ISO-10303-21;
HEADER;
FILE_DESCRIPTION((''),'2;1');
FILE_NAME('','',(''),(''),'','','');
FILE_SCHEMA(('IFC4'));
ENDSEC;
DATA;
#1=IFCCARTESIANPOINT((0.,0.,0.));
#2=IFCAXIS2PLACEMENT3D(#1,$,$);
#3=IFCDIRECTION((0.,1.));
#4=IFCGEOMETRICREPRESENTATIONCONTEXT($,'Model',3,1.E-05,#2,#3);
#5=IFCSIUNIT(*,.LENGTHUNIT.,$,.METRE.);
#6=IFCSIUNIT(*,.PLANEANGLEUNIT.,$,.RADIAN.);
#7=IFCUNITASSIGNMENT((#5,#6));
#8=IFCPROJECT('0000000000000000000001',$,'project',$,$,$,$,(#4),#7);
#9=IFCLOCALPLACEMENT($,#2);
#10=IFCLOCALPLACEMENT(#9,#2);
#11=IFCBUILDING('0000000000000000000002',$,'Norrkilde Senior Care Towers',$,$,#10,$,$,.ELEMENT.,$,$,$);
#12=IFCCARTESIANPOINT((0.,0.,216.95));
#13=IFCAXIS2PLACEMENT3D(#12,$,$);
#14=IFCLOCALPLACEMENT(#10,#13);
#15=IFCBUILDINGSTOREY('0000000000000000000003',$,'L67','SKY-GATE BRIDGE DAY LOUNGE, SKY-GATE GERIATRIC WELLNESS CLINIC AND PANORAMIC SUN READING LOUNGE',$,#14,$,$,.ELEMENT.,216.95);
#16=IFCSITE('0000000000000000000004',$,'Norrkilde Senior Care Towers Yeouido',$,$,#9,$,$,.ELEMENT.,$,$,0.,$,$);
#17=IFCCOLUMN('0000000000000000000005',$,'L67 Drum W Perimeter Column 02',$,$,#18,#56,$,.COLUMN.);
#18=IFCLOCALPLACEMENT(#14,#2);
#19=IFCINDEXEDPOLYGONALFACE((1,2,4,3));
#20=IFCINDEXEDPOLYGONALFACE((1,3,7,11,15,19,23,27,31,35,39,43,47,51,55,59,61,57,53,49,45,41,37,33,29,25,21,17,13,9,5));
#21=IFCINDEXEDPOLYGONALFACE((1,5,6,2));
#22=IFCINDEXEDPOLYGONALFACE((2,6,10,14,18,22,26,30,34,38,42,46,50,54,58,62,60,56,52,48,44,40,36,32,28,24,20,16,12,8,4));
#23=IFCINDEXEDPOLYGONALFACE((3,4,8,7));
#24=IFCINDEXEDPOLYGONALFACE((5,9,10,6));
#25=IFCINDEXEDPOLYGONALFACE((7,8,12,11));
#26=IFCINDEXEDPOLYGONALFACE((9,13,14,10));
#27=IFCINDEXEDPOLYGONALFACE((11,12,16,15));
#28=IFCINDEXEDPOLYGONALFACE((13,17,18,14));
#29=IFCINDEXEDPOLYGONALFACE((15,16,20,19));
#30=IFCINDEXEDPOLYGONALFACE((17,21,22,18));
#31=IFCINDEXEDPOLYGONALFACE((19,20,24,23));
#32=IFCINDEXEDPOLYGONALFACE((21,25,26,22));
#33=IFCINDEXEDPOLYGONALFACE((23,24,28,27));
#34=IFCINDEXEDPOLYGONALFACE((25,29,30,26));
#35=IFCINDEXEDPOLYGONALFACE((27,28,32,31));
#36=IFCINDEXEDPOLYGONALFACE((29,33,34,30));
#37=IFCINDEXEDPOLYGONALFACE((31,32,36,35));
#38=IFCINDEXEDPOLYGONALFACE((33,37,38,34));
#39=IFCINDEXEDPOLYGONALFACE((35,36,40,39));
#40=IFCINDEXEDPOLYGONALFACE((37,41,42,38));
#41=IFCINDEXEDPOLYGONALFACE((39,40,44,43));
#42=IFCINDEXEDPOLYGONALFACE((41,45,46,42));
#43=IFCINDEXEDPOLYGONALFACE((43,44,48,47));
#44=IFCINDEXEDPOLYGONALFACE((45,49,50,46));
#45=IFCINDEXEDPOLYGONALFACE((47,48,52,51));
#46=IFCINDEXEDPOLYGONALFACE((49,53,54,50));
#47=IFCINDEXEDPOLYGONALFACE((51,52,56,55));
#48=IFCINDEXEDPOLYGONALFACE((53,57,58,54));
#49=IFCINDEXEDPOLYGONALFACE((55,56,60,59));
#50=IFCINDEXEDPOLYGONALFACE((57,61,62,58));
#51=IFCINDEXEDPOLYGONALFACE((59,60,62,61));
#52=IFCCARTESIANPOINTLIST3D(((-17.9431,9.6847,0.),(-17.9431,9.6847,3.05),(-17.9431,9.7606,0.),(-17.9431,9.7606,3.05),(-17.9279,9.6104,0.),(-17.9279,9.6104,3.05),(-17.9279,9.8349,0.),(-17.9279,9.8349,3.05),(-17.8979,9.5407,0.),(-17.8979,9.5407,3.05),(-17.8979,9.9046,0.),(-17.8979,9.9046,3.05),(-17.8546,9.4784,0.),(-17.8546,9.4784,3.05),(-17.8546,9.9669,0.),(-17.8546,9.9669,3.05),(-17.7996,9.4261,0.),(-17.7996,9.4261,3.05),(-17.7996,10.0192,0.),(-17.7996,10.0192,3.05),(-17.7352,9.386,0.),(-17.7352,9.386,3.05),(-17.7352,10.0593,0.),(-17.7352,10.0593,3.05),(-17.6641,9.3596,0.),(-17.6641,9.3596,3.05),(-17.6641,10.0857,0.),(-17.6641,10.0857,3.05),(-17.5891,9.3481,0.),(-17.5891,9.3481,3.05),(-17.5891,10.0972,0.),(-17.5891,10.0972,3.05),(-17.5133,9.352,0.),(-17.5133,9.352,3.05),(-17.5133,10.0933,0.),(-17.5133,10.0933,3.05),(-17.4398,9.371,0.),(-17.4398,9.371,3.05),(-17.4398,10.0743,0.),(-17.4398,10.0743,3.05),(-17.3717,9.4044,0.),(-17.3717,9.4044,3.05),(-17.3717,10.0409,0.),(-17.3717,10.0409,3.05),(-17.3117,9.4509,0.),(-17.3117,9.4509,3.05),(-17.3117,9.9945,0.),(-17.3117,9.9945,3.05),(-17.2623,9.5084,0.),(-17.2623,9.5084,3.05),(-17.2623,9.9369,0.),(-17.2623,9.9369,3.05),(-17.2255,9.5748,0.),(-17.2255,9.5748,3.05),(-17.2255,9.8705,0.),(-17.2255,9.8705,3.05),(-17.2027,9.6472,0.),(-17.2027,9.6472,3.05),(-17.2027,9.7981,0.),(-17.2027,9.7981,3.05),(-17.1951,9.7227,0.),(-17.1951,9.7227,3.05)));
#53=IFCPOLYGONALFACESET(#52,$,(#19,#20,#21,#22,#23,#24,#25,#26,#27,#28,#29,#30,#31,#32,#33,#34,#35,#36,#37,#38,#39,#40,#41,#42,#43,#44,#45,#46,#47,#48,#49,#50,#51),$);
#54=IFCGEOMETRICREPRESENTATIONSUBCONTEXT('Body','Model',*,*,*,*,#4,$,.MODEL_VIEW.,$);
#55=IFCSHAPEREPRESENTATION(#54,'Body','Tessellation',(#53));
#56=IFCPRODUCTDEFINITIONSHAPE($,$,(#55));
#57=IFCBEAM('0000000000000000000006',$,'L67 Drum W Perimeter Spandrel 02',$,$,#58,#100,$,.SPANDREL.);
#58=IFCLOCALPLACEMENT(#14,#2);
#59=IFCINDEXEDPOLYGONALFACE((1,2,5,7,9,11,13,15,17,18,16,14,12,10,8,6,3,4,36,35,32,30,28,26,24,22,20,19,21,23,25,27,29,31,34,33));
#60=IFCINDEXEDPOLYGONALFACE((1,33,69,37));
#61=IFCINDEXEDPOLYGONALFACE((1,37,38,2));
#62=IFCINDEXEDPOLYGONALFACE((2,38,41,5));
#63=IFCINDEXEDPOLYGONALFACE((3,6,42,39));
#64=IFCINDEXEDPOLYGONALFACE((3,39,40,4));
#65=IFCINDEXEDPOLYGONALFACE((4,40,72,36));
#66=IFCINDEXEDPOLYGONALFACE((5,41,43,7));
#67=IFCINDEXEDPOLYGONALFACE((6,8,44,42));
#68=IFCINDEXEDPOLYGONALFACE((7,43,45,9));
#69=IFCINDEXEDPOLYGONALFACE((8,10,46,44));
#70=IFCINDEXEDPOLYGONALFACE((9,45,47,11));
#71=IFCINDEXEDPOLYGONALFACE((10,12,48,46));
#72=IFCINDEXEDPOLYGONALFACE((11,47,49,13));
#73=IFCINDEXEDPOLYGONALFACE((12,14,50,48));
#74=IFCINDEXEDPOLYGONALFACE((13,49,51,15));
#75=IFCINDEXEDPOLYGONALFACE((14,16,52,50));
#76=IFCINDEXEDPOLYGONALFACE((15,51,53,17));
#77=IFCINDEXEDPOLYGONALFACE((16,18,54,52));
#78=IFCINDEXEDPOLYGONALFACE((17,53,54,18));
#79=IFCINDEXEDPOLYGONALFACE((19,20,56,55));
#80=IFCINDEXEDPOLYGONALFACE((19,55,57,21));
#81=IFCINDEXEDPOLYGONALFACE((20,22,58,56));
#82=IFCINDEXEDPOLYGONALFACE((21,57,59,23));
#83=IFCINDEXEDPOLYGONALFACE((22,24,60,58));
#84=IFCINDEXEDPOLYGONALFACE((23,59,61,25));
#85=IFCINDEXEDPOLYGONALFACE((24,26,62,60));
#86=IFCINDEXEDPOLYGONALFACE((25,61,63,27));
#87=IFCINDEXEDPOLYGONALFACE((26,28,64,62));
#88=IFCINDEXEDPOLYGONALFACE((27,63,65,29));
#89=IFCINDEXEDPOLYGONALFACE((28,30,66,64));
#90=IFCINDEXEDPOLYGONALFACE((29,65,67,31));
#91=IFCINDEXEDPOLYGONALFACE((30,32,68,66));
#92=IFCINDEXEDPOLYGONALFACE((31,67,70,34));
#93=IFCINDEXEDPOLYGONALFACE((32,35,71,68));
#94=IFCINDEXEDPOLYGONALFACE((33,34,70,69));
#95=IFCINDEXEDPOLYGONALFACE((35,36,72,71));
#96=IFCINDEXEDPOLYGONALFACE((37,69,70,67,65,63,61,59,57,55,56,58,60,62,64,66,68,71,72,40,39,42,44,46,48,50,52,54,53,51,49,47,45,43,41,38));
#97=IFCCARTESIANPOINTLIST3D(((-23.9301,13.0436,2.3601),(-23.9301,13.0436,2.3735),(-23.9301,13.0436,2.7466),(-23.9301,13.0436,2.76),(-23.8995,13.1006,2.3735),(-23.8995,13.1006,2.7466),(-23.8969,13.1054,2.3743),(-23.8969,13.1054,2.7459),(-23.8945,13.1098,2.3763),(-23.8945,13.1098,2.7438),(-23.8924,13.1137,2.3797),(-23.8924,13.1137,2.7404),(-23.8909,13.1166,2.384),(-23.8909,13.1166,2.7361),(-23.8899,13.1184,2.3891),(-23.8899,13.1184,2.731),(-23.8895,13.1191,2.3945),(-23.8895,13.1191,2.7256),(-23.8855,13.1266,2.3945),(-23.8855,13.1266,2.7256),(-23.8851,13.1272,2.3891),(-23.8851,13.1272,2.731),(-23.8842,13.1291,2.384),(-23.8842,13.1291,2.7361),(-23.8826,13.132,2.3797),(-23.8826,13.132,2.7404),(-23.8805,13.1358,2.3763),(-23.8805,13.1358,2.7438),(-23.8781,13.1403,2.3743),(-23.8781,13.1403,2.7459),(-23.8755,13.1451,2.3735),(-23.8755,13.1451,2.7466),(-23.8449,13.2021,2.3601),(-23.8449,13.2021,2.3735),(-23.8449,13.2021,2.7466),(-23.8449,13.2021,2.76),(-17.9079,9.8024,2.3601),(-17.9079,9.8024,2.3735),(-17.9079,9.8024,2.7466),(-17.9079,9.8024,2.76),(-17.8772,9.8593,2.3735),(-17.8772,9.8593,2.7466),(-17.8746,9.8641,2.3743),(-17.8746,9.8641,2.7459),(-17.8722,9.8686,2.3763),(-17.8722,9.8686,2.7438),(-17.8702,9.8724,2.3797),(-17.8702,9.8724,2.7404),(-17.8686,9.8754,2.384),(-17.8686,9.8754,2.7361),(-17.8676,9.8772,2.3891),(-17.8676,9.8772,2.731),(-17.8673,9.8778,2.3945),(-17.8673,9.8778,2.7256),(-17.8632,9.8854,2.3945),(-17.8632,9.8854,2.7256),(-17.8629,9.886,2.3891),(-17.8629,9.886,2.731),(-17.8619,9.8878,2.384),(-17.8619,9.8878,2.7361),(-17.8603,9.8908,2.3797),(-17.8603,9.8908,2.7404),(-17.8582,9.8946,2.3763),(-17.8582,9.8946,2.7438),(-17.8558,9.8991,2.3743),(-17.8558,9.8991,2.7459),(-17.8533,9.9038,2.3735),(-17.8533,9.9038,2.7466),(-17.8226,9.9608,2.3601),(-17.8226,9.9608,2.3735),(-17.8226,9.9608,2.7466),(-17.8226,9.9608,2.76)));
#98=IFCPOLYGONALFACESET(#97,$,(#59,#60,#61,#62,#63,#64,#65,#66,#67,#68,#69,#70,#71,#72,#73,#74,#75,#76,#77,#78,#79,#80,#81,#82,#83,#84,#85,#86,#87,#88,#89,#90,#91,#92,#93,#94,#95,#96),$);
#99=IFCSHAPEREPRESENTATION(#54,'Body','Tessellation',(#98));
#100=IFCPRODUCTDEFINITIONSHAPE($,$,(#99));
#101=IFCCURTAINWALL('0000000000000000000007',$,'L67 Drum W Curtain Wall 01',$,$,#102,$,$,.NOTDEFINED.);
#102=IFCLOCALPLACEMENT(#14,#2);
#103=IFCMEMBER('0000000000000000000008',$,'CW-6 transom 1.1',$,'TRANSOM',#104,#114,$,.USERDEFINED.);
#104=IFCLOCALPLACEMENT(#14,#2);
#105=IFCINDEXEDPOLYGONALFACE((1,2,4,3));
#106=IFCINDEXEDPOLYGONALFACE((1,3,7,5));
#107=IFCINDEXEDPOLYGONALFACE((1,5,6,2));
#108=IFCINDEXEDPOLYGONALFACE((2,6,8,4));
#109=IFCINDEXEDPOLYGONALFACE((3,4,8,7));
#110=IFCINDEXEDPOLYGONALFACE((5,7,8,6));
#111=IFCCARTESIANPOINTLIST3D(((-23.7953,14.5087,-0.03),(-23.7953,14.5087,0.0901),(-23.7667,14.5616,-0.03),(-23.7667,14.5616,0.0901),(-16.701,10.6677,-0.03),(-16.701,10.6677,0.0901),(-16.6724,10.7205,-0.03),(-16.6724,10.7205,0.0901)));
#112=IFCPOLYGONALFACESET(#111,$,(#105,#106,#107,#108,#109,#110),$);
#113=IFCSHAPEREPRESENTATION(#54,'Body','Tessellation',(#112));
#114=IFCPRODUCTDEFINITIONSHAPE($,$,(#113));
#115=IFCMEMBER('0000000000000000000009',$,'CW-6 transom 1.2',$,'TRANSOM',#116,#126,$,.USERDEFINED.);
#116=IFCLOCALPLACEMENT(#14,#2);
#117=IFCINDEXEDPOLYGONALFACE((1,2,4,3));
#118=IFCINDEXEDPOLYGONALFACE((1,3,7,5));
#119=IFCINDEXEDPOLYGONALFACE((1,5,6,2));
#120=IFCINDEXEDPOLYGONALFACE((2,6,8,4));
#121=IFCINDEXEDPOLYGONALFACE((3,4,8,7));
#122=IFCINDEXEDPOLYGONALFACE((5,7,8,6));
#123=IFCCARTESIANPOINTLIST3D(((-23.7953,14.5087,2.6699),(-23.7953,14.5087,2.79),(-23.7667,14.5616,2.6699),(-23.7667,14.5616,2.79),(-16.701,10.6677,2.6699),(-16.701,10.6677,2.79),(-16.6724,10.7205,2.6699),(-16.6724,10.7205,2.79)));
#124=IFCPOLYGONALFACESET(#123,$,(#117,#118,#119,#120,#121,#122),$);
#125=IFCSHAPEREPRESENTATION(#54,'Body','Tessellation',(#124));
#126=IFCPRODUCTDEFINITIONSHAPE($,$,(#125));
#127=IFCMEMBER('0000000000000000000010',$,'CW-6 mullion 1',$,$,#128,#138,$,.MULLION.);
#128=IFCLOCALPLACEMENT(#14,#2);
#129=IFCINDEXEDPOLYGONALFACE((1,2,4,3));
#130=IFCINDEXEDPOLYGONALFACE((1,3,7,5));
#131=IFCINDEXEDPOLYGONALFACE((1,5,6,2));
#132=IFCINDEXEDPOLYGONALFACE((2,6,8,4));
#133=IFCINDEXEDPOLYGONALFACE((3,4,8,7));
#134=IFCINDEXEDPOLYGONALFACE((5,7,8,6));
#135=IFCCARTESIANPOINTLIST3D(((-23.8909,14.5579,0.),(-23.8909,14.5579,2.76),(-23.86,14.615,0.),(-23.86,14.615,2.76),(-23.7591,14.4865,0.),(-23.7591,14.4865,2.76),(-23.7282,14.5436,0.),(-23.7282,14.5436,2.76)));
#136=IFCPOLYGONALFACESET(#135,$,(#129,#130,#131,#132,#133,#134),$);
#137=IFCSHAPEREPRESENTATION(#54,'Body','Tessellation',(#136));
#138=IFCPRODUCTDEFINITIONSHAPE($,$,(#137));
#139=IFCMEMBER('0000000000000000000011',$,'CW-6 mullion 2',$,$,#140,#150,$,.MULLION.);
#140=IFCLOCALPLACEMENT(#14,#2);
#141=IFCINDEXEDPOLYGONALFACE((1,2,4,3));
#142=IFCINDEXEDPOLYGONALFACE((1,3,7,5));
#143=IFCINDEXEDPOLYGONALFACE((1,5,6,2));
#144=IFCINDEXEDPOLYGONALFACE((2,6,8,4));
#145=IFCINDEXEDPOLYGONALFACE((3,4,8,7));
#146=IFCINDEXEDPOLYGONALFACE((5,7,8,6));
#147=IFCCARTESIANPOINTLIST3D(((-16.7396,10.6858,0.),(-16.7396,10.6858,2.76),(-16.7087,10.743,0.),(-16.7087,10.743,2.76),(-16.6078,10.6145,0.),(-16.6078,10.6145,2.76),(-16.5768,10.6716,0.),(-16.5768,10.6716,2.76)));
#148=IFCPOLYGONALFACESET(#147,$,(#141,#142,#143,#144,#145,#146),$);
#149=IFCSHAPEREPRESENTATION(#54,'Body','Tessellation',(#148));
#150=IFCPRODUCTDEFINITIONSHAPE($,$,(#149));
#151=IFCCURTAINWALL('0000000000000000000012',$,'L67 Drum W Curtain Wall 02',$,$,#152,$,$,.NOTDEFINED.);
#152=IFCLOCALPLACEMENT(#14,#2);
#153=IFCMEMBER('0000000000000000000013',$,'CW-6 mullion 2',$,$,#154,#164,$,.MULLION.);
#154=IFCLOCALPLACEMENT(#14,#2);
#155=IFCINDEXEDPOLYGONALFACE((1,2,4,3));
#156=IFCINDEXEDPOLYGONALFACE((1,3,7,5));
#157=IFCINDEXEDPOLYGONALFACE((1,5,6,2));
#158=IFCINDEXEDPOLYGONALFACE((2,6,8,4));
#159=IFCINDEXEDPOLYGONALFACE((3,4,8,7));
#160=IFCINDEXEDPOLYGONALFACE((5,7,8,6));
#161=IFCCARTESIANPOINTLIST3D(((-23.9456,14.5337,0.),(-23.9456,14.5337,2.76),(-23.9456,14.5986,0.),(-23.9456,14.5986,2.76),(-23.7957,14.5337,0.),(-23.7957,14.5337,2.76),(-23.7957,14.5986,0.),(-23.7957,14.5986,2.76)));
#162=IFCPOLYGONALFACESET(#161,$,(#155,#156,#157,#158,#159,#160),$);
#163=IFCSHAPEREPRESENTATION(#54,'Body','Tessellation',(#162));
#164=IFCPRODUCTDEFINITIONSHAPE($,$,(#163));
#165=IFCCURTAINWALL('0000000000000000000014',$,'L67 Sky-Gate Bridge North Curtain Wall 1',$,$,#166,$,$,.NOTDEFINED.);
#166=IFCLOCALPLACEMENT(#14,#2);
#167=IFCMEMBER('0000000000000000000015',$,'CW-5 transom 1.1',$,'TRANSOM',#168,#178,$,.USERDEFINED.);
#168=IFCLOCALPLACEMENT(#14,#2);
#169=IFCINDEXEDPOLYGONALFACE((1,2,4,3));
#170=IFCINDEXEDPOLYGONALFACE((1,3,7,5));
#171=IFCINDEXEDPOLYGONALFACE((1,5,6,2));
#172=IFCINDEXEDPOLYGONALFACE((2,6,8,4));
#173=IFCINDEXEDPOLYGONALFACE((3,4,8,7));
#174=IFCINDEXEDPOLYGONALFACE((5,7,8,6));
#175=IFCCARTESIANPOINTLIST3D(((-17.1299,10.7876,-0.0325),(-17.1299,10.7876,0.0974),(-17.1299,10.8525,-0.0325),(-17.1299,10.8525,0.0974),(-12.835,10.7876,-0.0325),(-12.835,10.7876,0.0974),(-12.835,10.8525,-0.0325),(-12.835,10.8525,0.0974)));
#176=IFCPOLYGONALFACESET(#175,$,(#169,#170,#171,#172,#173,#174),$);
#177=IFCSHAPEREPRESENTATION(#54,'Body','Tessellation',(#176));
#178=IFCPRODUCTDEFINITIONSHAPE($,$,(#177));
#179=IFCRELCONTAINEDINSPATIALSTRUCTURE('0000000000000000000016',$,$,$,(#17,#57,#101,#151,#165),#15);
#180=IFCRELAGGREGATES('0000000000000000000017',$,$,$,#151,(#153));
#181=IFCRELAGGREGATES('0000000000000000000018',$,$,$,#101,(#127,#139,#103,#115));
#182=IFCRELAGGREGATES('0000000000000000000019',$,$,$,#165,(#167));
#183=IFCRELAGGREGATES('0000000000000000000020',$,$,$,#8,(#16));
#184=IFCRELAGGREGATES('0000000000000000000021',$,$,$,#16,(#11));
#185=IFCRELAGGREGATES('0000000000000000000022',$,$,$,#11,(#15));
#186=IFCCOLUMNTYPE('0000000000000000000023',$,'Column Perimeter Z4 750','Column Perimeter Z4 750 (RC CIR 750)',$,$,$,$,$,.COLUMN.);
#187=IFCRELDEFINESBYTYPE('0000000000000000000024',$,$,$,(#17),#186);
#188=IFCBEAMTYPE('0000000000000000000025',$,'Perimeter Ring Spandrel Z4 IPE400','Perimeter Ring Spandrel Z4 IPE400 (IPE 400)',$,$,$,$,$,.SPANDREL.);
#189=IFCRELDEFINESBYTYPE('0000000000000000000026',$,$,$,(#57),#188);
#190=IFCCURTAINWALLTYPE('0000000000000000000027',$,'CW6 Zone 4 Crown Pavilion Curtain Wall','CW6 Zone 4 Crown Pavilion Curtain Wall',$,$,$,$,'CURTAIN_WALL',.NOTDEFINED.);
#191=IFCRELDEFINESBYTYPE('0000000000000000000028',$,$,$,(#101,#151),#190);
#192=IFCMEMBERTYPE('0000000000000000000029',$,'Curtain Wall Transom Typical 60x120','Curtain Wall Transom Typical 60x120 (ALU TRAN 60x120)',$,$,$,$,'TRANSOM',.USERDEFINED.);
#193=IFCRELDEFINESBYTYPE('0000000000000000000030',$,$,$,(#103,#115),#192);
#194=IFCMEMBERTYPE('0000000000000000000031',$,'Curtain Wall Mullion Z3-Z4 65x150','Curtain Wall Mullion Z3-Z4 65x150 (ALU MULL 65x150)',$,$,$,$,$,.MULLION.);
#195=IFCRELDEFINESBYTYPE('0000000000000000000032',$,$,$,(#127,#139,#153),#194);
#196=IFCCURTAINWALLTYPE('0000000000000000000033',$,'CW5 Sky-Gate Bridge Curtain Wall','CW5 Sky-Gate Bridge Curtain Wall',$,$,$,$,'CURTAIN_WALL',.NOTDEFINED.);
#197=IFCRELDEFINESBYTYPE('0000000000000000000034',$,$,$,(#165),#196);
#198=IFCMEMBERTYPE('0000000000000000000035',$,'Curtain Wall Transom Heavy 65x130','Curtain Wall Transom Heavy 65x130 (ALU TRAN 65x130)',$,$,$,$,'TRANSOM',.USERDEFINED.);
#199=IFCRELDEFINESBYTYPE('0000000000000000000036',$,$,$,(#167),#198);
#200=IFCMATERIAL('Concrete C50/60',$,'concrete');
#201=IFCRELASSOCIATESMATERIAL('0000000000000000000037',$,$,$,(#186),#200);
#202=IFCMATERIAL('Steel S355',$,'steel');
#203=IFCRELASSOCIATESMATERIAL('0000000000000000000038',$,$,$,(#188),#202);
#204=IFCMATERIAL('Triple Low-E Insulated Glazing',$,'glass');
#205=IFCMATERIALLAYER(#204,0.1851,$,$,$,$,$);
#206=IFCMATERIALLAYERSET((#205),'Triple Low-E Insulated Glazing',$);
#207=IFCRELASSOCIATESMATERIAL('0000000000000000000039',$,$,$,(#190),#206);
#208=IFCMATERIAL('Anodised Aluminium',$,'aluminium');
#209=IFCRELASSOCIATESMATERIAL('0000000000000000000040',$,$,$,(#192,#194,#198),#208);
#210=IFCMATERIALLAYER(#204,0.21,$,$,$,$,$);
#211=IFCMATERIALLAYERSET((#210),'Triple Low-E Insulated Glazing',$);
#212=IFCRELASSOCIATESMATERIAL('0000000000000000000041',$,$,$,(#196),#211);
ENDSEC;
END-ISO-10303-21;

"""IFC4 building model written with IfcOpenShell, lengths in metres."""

from ifc_helpers import new_model, si_unit, direction, frame, origin, origin_2d, place, context, subcontext, project, spatial, rectangle, circle, i_section, extrude, source, transform, mapped, material, layer, layer_set, material_profile, profile_set, type_object, type_shapes, element, aggregate, save


model = new_model("IFC4")

# Units and contexts
model_context = context("Model", 3, precision=1e-05, world=origin(), true_north=direction((0.0, 1.0)))
body_context = subcontext(model_context, "Body", "Model", "MODEL_VIEW")
ifc_project = project(units=[si_unit("LENGTHUNIT", "METRE"), si_unit("PLANEANGLEUNIT", "RADIAN")], contexts=[model_context])

# Site, building, storey
site_placement = place(None, origin())
site = spatial("IfcSite", under=ifc_project, at=site_placement, Name="Norrkilde Senior Care Towers Yeouido", CompositionType="ELEMENT", RefElevation=0.0)
building_placement = place(site_placement, origin())
building = spatial("IfcBuilding", under=site, at=building_placement, Name="Norrkilde Senior Care Towers", CompositionType="ELEMENT")
storey_placement = place(building_placement, frame((0.0, 0.0, 216.95)))
storey = spatial("IfcBuildingStorey", under=building, at=storey_placement, Name="L67", Description="SKY-GATE BRIDGE DAY LOUNGE, SKY-GATE GERIATRIC WELLNESS CLINIC AND PANORAMIC SUN READING LOUNGE", CompositionType="ELEMENT", Elevation=216.95)

# Column
ifc_material_1 = material(Name="Concrete C50/60", Category="concrete")
ifc_material_profile_1 = material_profile(ifc_material_1, circle(Radius=0.375, at=origin_2d()), Name="RC CIR 750")
ifc_profile_set_1 = profile_set([ifc_material_profile_1], Name="Concrete C50/60")
column_type = type_object("IfcColumnType", Name="Column Perimeter Z4 750", Description="Column Perimeter Z4 750 (RC CIR 750)", PredefinedType="COLUMN", material=ifc_profile_set_1)
shared_shape_1 = source(origin(), body_context, "Body", "SweptSolid", [
    extrude(circle(Radius=0.375, at=origin_2d()), origin(), (0.0, 0.0, 1.0), 3.05),
])
type_shapes(column_type, [shared_shape_1])
column_placement = place(storey_placement, frame((-17.5701, 9.7227, 0.0), z_axis=(0.0, 0.0, 1.0), x_axis=(1.0, 0.0, 0.0)))
element("IfcColumn", 1, at=column_placement, inside=storey, type_object=column_type, Name="L67 Drum W Perimeter Column 02", PredefinedType="COLUMN", context=body_context, shape_type="MappedRepresentation", body=[
    mapped(shared_shape_1, transform((0.0, 0.0, 0.0), x_axis=(1.0, 0.0, 0.0), y_axis=(0.0, 1.0, 0.0), z_axis=(0.0, 0.0, 1.0), scale=1.0)),
])

# Beam
ifc_material_2 = material(Name="Steel S355", Category="steel")
ifc_material_profile_2 = material_profile(ifc_material_2, i_section(OverallWidth=0.1799, OverallDepth=0.3999, WebThickness=0.0085, FlangeThickness=0.0134, FilletRadius=0.021, at=origin_2d()), Name="IPE 400")
ifc_profile_set_2 = profile_set([ifc_material_profile_2], Name="Steel S355")
beam_type = type_object("IfcBeamType", Name="Perimeter Ring Spandrel Z4 IPE400", Description="Perimeter Ring Spandrel Z4 IPE400 (IPE 400)", PredefinedType="SPANDREL", material=ifc_profile_set_2)
shared_shape_2 = source(origin(), body_context, "Body", "SweptSolid", [
    extrude(i_section(OverallWidth=0.1799, OverallDepth=0.3999, WebThickness=0.0085, FlangeThickness=0.0134, FilletRadius=0.021, at=origin_2d()), origin(), (0.0, 0.0, 1.0), 6.8391),
])
type_shapes(beam_type, [shared_shape_2])
beam_placement = place(storey_placement, frame((-17.8652, 9.8816, 2.5601), z_axis=(-0.880564, 0.473927, 0.0), x_axis=(-0.473927, -0.880564, 0.0)))
element("IfcBeam", 2, at=beam_placement, inside=storey, type_object=beam_type, Name="L67 Drum W Perimeter Spandrel 02", PredefinedType="SPANDREL", context=body_context, shape_type="MappedRepresentation", body=[
    mapped(shared_shape_2, transform((0.0, 0.0, 0.0), x_axis=(1.0, 0.0, 0.0), y_axis=(0.0, 1.0, 0.0), z_axis=(0.0, 0.0, 1.0), scale=1.0)),
])

# Curtain wall, members
ifc_material_3 = material(Name="Triple Low-E Insulated Glazing", Category="glass")
ifc_layer_1 = layer(ifc_material_3, 0.1851)
ifc_layer_set_1 = layer_set([ifc_layer_1], Name="Triple Low-E Insulated Glazing")
curtain_wall_type_1 = type_object("IfcCurtainWallType", Name="CW6 Zone 4 Crown Pavilion Curtain Wall", Description="CW6 Zone 4 Crown Pavilion Curtain Wall", ElementType="CURTAIN_WALL", PredefinedType="NOTDEFINED", material=ifc_layer_set_1)
curtain_wall_1_placement = place(storey_placement, origin())
curtain_wall_1 = element("IfcCurtainWall", 3, at=curtain_wall_1_placement, inside=storey, type_object=curtain_wall_type_1, Name="L67 Drum W Curtain Wall 01", PredefinedType="NOTDEFINED")
ifc_material_4 = material(Name="Anodised Aluminium", Category="aluminium")
ifc_material_profile_3 = material_profile(ifc_material_4, rectangle(XDim=0.0601, YDim=0.1201, at=origin_2d()), Name="ALU TRAN 60x120")
ifc_profile_set_3 = profile_set([ifc_material_profile_3], Name="Anodised Aluminium")
member_type_1 = type_object("IfcMemberType", Name="Curtain Wall Transom Typical 60x120", Description="Curtain Wall Transom Typical 60x120 (ALU TRAN 60x120)", ElementType="TRANSOM", PredefinedType="USERDEFINED", material=ifc_profile_set_3)
shared_shape_3 = source(origin(), body_context, "Body", "SweptSolid", [
    extrude(rectangle(XDim=0.0601, YDim=0.1201, at=origin_2d()), origin(), (0.0, 0.0, 1.0), 8.0674),
])
type_shapes(member_type_1, [shared_shape_3])
member_1_placement = place(storey_placement, frame((-23.781, 14.5352, 0.03), z_axis=(0.879378, -0.476125, 0.0), x_axis=(0.476125, 0.879378, 0.0)))
member_1 = element("IfcMember", 4, at=member_1_placement, type_object=member_type_1, Name="CW-6 transom 1.1", ObjectType="TRANSOM", PredefinedType="USERDEFINED", context=body_context, shape_type="MappedRepresentation", body=[
    mapped(shared_shape_3, transform((0.0, 0.0, 0.0), x_axis=(1.0, 0.0, 0.0), y_axis=(0.0, 1.0, 0.0), z_axis=(0.0, 0.0, 1.0), scale=1.0)),
])
member_2_placement = place(storey_placement, frame((-23.781, 14.5352, 2.73), z_axis=(0.879378, -0.476125, 0.0), x_axis=(0.476125, 0.879378, 0.0)))
member_2 = element("IfcMember", 5, at=member_2_placement, type_object=member_type_1, Name="CW-6 transom 1.2", ObjectType="TRANSOM", PredefinedType="USERDEFINED", context=body_context, shape_type="MappedRepresentation", body=[
    mapped(shared_shape_3, transform((0.0, 0.0, 0.0), x_axis=(1.0, 0.0, 0.0), y_axis=(0.0, 1.0, 0.0), z_axis=(0.0, 0.0, 1.0), scale=1.0)),
])
ifc_material_profile_4 = material_profile(ifc_material_4, rectangle(XDim=0.0649, YDim=0.1499, at=origin_2d()), Name="ALU MULL 65x150")
ifc_profile_set_4 = profile_set([ifc_material_profile_4], Name="Anodised Aluminium")
member_type_2 = type_object("IfcMemberType", Name="Curtain Wall Mullion Z3-Z4 65x150", Description="Curtain Wall Mullion Z3-Z4 65x150 (ALU MULL 65x150)", PredefinedType="MULLION", material=ifc_profile_set_4)
shared_shape_4 = source(origin(), body_context, "Body", "SweptSolid", [
    extrude(rectangle(XDim=0.0649, YDim=0.1499, at=origin_2d()), origin(), (0.0, 0.0, 1.0), 2.76),
])
type_shapes(member_type_2, [shared_shape_4])
member_3_placement = place(storey_placement, frame((-23.8096, 14.5508, 0.0), z_axis=(0.0, 0.0, 1.0), x_axis=(0.476133, 0.879373, 0.0)))
member_3 = element("IfcMember", 6, at=member_3_placement, type_object=member_type_2, Name="CW-6 mullion 1", PredefinedType="MULLION", context=body_context, shape_type="MappedRepresentation", body=[
    mapped(shared_shape_4, transform((0.0, 0.0, 0.0), x_axis=(1.0, 0.0, 0.0), y_axis=(0.0, 1.0, 0.0), z_axis=(0.0, 0.0, 1.0), scale=1.0)),
])
member_4_placement = place(storey_placement, frame((-16.6582, 10.6787, 0.0), z_axis=(0.0, 0.0, 1.0), x_axis=(0.476133, 0.879373, 0.0)))
member_4 = element("IfcMember", 7, at=member_4_placement, type_object=member_type_2, Name="CW-6 mullion 2", PredefinedType="MULLION", context=body_context, shape_type="MappedRepresentation", body=[
    mapped(shared_shape_4, transform((0.0, 0.0, 0.0), x_axis=(1.0, 0.0, 0.0), y_axis=(0.0, 1.0, 0.0), z_axis=(0.0, 0.0, 1.0), scale=1.0)),
])

# Curtain wall, member
curtain_wall_2_placement = place(storey_placement, origin())
curtain_wall_2 = element("IfcCurtainWall", 8, at=curtain_wall_2_placement, inside=storey, type_object=curtain_wall_type_1, Name="L67 Drum W Curtain Wall 02", PredefinedType="NOTDEFINED")
member_5_placement = place(storey_placement, frame((-23.8706, 14.5662, 0.0), z_axis=(0.0, 0.0, 1.0), x_axis=(0.0, 1.0, 0.0)))
member_5 = element("IfcMember", 9, at=member_5_placement, type_object=member_type_2, Name="CW-6 mullion 2", PredefinedType="MULLION", context=body_context, shape_type="MappedRepresentation", body=[
    mapped(shared_shape_4, transform((0.0, 0.0, 0.0), x_axis=(1.0, 0.0, 0.0), y_axis=(0.0, 1.0, 0.0), z_axis=(0.0, 0.0, 1.0), scale=1.0)),
])
aggregate(curtain_wall_2, [member_5])

# Curtain wall, member
ifc_layer_2 = layer(ifc_material_3, 0.21)
ifc_layer_set_2 = layer_set([ifc_layer_2], Name="Triple Low-E Insulated Glazing")
curtain_wall_type_2 = type_object("IfcCurtainWallType", Name="CW5 Sky-Gate Bridge Curtain Wall", Description="CW5 Sky-Gate Bridge Curtain Wall", ElementType="CURTAIN_WALL", PredefinedType="NOTDEFINED", material=ifc_layer_set_2)
curtain_wall_3_placement = place(storey_placement, origin())
curtain_wall_3 = element("IfcCurtainWall", 10, at=curtain_wall_3_placement, inside=storey, type_object=curtain_wall_type_2, Name="L67 Sky-Gate Bridge North Curtain Wall 1", PredefinedType="NOTDEFINED")
ifc_material_profile_5 = material_profile(ifc_material_4, rectangle(XDim=0.0649, YDim=0.1299, at=origin_2d()), Name="ALU TRAN 65x130")
ifc_profile_set_5 = profile_set([ifc_material_profile_5], Name="Anodised Aluminium")
member_type_3 = type_object("IfcMemberType", Name="Curtain Wall Transom Heavy 65x130", Description="Curtain Wall Transom Heavy 65x130 (ALU TRAN 65x130)", ElementType="TRANSOM", PredefinedType="USERDEFINED", material=ifc_profile_set_5)
shared_shape_5 = source(origin(), body_context, "Body", "SweptSolid", [
    extrude(rectangle(XDim=0.0649, YDim=0.1299, at=origin_2d()), origin(), (0.0, 0.0, 1.0), 4.2949),
])
type_shapes(member_type_3, [shared_shape_5])
member_6_placement = place(storey_placement, frame((-17.1299, 10.8201, 0.0325), z_axis=(1.0, 0.0, 0.0), x_axis=(0.0, 1.0, 0.0)))
member_6 = element("IfcMember", 11, at=member_6_placement, type_object=member_type_3, Name="CW-5 transom 1.1", ObjectType="TRANSOM", PredefinedType="USERDEFINED", context=body_context, shape_type="MappedRepresentation", body=[
    mapped(shared_shape_5, transform((0.0, 0.0, 0.0), x_axis=(1.0, 0.0, 0.0), y_axis=(0.0, 1.0, 0.0), z_axis=(0.0, 0.0, 1.0), scale=1.0)),
])

aggregate(curtain_wall_1, [member_3, member_4, member_1, member_2])
aggregate(curtain_wall_3, [member_6])

save(model, "model.ifc")
